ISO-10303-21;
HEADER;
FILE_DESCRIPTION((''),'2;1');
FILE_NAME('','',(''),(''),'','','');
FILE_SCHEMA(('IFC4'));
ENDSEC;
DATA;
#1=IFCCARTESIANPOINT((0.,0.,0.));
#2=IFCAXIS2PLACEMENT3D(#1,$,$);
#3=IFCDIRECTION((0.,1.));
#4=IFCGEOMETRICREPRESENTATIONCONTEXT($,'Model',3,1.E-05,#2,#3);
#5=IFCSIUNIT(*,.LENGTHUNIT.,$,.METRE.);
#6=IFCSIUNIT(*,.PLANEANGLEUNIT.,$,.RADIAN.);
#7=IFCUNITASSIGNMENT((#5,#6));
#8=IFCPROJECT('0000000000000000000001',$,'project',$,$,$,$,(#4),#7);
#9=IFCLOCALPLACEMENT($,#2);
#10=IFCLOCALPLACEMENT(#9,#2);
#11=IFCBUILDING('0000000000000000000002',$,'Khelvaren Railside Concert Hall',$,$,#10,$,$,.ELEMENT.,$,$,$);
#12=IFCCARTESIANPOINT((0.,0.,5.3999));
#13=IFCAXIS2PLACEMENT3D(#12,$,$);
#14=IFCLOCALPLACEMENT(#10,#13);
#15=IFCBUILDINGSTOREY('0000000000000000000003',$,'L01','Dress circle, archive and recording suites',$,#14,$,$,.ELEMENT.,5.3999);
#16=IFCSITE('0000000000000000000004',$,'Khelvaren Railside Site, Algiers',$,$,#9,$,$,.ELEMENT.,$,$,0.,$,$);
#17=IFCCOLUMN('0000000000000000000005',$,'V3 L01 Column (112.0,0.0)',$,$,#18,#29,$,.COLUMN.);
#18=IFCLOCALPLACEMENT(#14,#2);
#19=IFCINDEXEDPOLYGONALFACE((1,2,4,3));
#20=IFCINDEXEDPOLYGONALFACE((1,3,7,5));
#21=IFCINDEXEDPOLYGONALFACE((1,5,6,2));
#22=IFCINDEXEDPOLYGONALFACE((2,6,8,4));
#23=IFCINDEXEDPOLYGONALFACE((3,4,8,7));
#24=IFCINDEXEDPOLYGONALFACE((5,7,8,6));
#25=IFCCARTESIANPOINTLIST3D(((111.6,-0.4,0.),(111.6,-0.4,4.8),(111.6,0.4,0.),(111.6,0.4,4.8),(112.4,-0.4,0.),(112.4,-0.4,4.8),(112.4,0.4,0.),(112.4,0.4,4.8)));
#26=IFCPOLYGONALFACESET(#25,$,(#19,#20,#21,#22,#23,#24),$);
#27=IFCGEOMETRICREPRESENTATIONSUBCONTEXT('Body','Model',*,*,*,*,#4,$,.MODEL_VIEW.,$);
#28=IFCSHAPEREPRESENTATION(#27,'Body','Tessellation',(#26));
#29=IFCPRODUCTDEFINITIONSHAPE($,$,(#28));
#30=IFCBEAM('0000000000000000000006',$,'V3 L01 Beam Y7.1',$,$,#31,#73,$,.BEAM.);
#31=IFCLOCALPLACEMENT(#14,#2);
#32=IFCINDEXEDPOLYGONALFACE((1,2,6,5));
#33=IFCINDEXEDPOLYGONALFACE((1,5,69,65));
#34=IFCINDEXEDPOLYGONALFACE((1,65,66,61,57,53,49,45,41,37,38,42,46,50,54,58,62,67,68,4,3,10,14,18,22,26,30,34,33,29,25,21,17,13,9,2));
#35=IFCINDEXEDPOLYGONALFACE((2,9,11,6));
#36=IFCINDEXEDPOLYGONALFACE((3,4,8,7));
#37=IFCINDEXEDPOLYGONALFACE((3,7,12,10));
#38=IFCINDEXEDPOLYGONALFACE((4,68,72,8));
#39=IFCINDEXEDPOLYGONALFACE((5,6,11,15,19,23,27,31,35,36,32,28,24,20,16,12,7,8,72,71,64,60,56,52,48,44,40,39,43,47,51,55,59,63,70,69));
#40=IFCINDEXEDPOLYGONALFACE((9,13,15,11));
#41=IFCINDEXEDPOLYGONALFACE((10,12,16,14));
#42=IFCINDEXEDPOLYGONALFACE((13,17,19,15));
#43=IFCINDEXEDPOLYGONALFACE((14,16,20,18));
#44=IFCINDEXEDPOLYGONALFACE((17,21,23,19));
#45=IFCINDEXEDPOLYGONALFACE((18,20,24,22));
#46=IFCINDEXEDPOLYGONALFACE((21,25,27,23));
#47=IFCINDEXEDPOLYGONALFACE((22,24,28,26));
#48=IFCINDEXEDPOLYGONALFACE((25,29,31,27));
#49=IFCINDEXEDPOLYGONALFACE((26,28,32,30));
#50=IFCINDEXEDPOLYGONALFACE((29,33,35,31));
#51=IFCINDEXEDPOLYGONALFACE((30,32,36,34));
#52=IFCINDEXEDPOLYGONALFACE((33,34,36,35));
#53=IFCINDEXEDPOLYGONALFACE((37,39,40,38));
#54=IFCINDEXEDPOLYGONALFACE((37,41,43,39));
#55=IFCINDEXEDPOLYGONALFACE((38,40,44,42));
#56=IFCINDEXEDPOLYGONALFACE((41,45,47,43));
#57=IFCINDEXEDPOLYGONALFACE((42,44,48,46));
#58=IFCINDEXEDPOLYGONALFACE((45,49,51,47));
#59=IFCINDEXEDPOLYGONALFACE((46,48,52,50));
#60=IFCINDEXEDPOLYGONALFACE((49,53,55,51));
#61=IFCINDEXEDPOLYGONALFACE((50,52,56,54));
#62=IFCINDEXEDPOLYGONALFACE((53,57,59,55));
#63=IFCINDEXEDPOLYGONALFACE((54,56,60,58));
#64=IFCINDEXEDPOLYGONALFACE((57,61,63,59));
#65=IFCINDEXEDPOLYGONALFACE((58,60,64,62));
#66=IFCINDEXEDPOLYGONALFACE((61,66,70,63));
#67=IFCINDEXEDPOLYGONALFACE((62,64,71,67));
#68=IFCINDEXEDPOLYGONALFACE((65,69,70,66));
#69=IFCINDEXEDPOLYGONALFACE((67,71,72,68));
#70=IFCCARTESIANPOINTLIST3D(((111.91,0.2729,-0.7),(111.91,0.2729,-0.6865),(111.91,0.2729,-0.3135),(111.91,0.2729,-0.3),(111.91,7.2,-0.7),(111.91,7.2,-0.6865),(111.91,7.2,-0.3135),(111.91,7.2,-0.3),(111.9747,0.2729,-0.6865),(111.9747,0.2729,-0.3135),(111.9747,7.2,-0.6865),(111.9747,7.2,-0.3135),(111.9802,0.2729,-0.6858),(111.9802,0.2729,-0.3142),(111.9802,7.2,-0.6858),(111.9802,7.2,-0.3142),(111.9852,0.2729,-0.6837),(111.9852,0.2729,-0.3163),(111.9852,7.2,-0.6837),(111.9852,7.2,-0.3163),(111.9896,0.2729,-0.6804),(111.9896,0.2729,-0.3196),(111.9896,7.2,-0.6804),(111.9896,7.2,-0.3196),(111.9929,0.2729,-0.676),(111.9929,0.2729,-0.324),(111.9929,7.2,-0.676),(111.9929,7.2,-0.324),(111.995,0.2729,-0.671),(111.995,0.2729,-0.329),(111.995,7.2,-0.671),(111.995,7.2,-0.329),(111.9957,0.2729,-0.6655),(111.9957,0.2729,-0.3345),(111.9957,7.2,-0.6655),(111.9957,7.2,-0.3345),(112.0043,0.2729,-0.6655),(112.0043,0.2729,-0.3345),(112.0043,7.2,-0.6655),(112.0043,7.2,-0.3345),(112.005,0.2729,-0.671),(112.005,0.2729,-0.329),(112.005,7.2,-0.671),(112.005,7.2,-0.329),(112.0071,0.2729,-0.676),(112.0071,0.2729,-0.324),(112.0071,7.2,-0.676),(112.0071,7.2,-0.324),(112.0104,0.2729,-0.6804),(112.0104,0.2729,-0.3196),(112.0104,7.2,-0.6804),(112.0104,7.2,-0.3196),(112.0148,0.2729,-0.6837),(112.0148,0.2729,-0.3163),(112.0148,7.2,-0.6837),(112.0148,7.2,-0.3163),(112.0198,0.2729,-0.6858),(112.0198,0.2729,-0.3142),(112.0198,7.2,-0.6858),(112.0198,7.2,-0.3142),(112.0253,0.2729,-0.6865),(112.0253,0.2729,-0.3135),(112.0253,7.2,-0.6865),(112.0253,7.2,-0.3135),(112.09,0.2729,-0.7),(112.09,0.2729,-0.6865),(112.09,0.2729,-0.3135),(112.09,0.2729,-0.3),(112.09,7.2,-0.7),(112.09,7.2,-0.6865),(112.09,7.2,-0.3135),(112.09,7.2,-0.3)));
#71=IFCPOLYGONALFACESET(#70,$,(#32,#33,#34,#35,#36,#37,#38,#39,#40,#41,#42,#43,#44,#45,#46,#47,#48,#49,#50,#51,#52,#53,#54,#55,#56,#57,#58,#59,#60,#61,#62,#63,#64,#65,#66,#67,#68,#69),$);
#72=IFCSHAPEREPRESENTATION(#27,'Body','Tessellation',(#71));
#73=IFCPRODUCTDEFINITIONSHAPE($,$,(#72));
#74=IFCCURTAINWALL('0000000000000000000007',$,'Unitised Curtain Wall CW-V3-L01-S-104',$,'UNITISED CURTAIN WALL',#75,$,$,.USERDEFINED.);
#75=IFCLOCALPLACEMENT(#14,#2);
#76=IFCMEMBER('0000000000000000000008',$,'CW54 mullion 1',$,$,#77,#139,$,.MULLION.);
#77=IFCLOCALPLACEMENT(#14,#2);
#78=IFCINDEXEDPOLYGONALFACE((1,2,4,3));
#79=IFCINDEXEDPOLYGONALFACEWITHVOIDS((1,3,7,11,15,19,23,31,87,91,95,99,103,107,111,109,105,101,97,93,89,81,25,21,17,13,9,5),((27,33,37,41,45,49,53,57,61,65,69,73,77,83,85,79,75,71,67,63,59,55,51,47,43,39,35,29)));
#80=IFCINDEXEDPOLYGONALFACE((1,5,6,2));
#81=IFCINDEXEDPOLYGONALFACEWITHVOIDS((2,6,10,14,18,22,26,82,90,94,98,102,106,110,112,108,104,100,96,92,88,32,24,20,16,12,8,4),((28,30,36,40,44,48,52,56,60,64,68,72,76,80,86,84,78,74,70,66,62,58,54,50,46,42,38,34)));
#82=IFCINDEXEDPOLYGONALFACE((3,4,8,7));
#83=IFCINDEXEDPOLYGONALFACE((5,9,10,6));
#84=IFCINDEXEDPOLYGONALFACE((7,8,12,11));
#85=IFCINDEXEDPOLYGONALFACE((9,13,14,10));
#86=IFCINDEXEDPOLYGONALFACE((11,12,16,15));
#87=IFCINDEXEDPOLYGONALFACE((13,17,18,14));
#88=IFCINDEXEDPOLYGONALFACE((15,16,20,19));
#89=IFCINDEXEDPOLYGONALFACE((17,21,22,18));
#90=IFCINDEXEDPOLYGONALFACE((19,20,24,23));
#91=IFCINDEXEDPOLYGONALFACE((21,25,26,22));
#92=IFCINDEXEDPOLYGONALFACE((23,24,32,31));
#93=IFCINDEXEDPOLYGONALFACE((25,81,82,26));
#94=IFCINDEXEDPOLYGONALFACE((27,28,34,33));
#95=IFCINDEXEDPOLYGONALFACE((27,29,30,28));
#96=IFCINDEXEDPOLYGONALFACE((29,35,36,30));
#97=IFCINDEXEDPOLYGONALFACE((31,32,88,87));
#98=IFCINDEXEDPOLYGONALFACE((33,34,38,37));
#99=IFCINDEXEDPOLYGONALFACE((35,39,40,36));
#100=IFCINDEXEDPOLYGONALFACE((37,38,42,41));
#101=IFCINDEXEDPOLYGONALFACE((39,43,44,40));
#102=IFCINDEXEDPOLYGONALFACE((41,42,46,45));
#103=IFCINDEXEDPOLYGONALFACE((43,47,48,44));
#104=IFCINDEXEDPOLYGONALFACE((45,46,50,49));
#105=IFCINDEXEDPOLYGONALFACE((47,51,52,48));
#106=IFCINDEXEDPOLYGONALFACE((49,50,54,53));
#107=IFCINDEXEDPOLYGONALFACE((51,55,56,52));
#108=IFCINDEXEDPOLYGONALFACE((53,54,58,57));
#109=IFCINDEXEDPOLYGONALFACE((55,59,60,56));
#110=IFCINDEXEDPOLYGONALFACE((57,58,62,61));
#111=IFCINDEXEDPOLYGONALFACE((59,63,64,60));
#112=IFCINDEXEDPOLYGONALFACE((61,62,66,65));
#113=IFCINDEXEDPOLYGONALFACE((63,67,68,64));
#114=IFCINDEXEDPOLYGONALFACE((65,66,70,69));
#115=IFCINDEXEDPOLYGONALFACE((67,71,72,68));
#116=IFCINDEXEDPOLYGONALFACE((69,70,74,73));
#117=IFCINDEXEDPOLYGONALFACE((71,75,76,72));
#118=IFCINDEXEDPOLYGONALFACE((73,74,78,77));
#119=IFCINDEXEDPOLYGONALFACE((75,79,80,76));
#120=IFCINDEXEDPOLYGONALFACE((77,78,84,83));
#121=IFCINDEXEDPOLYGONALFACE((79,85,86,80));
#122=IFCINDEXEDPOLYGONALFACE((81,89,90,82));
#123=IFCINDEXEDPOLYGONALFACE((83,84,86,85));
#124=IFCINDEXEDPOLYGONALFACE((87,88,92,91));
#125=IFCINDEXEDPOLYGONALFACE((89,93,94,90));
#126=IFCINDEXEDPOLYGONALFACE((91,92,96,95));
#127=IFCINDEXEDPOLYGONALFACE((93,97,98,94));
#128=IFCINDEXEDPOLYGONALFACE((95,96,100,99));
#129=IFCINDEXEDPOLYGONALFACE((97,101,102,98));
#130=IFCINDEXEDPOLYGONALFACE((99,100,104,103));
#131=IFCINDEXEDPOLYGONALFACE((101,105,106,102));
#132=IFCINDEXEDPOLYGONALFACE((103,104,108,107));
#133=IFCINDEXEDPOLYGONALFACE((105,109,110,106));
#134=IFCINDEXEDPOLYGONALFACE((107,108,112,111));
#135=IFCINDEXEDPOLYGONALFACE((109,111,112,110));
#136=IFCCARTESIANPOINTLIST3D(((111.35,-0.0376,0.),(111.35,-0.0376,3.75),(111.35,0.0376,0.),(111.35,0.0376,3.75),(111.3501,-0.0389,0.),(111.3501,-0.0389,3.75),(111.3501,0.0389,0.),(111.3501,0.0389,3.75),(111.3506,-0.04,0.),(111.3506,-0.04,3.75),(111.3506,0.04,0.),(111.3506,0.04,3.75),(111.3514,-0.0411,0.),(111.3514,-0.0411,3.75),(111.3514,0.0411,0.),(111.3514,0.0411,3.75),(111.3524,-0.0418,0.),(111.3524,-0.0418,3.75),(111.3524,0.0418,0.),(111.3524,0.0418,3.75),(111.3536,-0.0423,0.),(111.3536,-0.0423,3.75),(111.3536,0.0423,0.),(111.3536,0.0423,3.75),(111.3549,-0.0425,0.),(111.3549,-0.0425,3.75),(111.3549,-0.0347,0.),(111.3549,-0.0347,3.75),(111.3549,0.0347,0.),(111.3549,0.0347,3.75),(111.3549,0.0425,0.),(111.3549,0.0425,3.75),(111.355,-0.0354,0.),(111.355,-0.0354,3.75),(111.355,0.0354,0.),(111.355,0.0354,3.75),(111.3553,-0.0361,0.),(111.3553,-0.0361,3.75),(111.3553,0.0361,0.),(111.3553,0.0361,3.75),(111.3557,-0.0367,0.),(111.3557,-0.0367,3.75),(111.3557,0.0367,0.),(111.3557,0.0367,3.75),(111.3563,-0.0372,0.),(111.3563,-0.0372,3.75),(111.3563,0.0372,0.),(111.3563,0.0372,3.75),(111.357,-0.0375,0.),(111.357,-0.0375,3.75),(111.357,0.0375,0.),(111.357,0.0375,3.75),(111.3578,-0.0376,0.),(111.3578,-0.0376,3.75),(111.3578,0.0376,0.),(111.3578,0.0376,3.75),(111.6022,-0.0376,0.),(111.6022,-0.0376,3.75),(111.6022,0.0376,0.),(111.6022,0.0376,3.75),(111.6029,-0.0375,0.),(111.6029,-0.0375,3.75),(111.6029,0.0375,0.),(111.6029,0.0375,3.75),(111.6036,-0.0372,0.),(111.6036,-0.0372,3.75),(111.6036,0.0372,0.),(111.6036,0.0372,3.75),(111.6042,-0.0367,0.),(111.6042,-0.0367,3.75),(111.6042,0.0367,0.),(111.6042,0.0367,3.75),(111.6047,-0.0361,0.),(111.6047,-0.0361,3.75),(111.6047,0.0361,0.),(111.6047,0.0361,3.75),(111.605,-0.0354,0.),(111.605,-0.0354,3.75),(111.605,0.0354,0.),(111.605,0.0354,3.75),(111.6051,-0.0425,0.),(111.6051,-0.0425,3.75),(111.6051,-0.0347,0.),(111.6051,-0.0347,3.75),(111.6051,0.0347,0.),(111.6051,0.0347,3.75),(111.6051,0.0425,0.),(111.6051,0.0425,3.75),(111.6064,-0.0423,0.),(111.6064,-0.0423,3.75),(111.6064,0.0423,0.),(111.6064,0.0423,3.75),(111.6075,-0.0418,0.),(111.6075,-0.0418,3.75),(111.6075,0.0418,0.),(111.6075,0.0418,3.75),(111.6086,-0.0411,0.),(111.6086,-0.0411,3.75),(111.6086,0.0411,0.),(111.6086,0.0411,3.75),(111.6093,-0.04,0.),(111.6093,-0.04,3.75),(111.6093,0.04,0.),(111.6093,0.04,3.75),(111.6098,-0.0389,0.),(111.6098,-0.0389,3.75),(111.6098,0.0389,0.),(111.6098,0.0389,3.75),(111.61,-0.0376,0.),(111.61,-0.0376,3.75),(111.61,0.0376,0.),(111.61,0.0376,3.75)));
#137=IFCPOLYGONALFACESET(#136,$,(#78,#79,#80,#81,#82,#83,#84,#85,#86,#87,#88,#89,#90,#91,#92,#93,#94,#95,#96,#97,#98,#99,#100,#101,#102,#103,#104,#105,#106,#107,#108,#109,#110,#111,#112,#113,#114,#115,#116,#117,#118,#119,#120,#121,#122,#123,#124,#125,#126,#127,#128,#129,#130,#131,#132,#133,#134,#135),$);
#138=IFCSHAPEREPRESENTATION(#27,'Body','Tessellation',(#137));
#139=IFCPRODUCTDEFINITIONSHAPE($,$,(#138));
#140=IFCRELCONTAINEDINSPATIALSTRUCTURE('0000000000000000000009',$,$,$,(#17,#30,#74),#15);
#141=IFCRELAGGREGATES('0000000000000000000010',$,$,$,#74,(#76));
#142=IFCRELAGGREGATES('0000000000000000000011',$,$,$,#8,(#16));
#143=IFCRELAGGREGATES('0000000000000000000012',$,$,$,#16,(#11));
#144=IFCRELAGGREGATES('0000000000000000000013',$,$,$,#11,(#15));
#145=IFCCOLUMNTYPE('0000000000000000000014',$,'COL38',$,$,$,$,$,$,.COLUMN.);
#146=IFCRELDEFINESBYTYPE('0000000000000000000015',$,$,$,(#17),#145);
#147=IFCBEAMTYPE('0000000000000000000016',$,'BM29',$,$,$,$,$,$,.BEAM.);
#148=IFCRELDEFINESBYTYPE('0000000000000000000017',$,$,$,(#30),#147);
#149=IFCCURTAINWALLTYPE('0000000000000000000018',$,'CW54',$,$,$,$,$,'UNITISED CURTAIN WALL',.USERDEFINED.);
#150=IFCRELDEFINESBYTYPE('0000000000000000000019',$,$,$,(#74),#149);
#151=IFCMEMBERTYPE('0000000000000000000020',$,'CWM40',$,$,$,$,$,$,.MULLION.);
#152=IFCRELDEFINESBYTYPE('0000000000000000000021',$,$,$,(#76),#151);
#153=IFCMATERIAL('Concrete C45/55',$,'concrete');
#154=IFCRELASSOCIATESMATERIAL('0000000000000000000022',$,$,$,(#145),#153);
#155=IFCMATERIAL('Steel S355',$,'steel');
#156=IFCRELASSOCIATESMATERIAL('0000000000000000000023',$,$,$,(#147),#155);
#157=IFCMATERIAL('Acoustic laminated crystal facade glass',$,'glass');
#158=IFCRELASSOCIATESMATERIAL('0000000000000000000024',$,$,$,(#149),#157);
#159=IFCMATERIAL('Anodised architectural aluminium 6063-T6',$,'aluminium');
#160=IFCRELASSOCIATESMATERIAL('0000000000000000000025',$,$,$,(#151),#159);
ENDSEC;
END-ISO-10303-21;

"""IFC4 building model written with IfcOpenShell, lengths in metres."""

from ifc_helpers import new_model, si_unit, direction, frame, origin, origin_2d, place, context, subcontext, project, spatial, rectangle, hollow_rectangle, i_section, extrude, material, material_profile, profile_set, type_object, element, aggregate, save


model = new_model("IFC4")

# Units and contexts
model_context = context("Model", 3, precision=1e-05, world=origin(), true_north=direction((0.0, 1.0)))
body_context = subcontext(model_context, "Body", "Model", "MODEL_VIEW")
ifc_project = project(units=[si_unit("LENGTHUNIT", "METRE"), si_unit("PLANEANGLEUNIT", "RADIAN")], contexts=[model_context])

# Site, building, storey
site_placement = place(None, origin())
site = spatial("IfcSite", under=ifc_project, at=site_placement, Name="Khelvaren Railside Site, Algiers", CompositionType="ELEMENT", RefElevation=0.0)
building_placement = place(site_placement, origin())
building = spatial("IfcBuilding", under=site, at=building_placement, Name="Khelvaren Railside Concert Hall", CompositionType="ELEMENT")
storey_placement = place(building_placement, frame((0.0, 0.0, 5.3999)))
storey = spatial("IfcBuildingStorey", under=building, at=storey_placement, Name="L01", Description="Dress circle, archive and recording suites", CompositionType="ELEMENT", Elevation=5.3999)

# Column
ifc_material_1 = material(Name="Concrete C45/55", Category="concrete")
ifc_material_profile_1 = material_profile(ifc_material_1, rectangle(XDim=0.8, YDim=0.8, at=origin_2d()), Name="RC 800x800")
ifc_profile_set_1 = profile_set([ifc_material_profile_1], Name="Concrete C45/55")
column_type = type_object("IfcColumnType", Name="COL38", PredefinedType="COLUMN", material=ifc_profile_set_1)
column_placement = place(storey_placement, frame((112.0, 0.0, 0.0), z_axis=(0.0, 0.0, 1.0), x_axis=(1.0, 0.0, 0.0)))
element("IfcColumn", 1, at=column_placement, inside=storey, type_object=column_type, Name="V3 L01 Column (112.0,0.0)", PredefinedType="COLUMN", context=body_context, shape_type="SweptSolid", body=[
    extrude(rectangle(XDim=0.8, YDim=0.8, at=origin_2d()), origin(), (0.0, 0.0, 1.0), 4.8),
])

# Beam
ifc_material_2 = material(Name="Steel S355", Category="steel")
ifc_material_profile_2 = material_profile(ifc_material_2, i_section(OverallWidth=0.1799, OverallDepth=0.3999, WebThickness=0.0085, FlangeThickness=0.0134, FilletRadius=0.021, at=origin_2d()), Name="IPE 400")
ifc_profile_set_2 = profile_set([ifc_material_profile_2], Name="Steel S355")
beam_type_1 = type_object("IfcBeamType", Name="BM29", PredefinedType="BEAM", material=ifc_profile_set_2)
beam_1_placement = place(storey_placement, frame((112.0, 0.2729, -0.5), z_axis=(0.0, 1.0, 0.0), x_axis=(-1.0, 0.0, 0.0)))
element("IfcBeam", 2, at=beam_1_placement, inside=storey, type_object=beam_type_1, Name="V3 L01 Beam Y7.1", PredefinedType="BEAM", context=body_context, shape_type="SweptSolid", body=[
    extrude(i_section(OverallWidth=0.1799, OverallDepth=0.3999, WebThickness=0.0085, FlangeThickness=0.0134, FilletRadius=0.021, at=origin_2d()), origin(), (0.0, 0.0, 1.0), 6.927),
])

# Curtain wall, member
ifc_material_3 = material(Name="Acoustic laminated crystal facade glass", Category="glass")
curtain_wall_type = type_object("IfcCurtainWallType", Name="CW54", ElementType="UNITISED CURTAIN WALL", PredefinedType="USERDEFINED", material=ifc_material_3)
curtain_wall_placement = place(storey_placement, origin())
curtain_wall = element("IfcCurtainWall", 3, at=curtain_wall_placement, inside=storey, type_object=curtain_wall_type, Name="Unitised Curtain Wall CW-V3-L01-S-104", ObjectType="UNITISED CURTAIN WALL", PredefinedType="USERDEFINED")
ifc_material_4 = material(Name="Anodised architectural aluminium 6063-T6", Category="aluminium")
ifc_material_profile_3 = material_profile(ifc_material_4, hollow_rectangle(XDim=0.085, YDim=0.26, WallThickness=0.0049, InnerFilletRadius=0.0029, OuterFilletRadius=0.0049, at=origin_2d()), Name="CWM 85x260x5")
ifc_profile_set_3 = profile_set([ifc_material_profile_3], Name="Anodised architectural aluminium 6063-T6")
member_type_1 = type_object("IfcMemberType", Name="CWM40", PredefinedType="MULLION", material=ifc_profile_set_3)
member_1_placement = place(storey_placement, frame((111.48, 0.0, 0.0), z_axis=(0.0, 0.0, 1.0), x_axis=(0.0, -1.0, 0.0)))
member_1 = element("IfcMember", 4, at=member_1_placement, type_object=member_type_1, Name="CW54 mullion 1", PredefinedType="MULLION", context=body_context, shape_type="SweptSolid", body=[
    extrude(hollow_rectangle(XDim=0.085, YDim=0.26, WallThickness=0.0049, InnerFilletRadius=0.0029, OuterFilletRadius=0.0049, at=origin_2d()), origin(), (0.0, 0.0, 1.0), 3.75),
])

aggregate(curtain_wall, [member_1])

save(model, "model.ifc")
